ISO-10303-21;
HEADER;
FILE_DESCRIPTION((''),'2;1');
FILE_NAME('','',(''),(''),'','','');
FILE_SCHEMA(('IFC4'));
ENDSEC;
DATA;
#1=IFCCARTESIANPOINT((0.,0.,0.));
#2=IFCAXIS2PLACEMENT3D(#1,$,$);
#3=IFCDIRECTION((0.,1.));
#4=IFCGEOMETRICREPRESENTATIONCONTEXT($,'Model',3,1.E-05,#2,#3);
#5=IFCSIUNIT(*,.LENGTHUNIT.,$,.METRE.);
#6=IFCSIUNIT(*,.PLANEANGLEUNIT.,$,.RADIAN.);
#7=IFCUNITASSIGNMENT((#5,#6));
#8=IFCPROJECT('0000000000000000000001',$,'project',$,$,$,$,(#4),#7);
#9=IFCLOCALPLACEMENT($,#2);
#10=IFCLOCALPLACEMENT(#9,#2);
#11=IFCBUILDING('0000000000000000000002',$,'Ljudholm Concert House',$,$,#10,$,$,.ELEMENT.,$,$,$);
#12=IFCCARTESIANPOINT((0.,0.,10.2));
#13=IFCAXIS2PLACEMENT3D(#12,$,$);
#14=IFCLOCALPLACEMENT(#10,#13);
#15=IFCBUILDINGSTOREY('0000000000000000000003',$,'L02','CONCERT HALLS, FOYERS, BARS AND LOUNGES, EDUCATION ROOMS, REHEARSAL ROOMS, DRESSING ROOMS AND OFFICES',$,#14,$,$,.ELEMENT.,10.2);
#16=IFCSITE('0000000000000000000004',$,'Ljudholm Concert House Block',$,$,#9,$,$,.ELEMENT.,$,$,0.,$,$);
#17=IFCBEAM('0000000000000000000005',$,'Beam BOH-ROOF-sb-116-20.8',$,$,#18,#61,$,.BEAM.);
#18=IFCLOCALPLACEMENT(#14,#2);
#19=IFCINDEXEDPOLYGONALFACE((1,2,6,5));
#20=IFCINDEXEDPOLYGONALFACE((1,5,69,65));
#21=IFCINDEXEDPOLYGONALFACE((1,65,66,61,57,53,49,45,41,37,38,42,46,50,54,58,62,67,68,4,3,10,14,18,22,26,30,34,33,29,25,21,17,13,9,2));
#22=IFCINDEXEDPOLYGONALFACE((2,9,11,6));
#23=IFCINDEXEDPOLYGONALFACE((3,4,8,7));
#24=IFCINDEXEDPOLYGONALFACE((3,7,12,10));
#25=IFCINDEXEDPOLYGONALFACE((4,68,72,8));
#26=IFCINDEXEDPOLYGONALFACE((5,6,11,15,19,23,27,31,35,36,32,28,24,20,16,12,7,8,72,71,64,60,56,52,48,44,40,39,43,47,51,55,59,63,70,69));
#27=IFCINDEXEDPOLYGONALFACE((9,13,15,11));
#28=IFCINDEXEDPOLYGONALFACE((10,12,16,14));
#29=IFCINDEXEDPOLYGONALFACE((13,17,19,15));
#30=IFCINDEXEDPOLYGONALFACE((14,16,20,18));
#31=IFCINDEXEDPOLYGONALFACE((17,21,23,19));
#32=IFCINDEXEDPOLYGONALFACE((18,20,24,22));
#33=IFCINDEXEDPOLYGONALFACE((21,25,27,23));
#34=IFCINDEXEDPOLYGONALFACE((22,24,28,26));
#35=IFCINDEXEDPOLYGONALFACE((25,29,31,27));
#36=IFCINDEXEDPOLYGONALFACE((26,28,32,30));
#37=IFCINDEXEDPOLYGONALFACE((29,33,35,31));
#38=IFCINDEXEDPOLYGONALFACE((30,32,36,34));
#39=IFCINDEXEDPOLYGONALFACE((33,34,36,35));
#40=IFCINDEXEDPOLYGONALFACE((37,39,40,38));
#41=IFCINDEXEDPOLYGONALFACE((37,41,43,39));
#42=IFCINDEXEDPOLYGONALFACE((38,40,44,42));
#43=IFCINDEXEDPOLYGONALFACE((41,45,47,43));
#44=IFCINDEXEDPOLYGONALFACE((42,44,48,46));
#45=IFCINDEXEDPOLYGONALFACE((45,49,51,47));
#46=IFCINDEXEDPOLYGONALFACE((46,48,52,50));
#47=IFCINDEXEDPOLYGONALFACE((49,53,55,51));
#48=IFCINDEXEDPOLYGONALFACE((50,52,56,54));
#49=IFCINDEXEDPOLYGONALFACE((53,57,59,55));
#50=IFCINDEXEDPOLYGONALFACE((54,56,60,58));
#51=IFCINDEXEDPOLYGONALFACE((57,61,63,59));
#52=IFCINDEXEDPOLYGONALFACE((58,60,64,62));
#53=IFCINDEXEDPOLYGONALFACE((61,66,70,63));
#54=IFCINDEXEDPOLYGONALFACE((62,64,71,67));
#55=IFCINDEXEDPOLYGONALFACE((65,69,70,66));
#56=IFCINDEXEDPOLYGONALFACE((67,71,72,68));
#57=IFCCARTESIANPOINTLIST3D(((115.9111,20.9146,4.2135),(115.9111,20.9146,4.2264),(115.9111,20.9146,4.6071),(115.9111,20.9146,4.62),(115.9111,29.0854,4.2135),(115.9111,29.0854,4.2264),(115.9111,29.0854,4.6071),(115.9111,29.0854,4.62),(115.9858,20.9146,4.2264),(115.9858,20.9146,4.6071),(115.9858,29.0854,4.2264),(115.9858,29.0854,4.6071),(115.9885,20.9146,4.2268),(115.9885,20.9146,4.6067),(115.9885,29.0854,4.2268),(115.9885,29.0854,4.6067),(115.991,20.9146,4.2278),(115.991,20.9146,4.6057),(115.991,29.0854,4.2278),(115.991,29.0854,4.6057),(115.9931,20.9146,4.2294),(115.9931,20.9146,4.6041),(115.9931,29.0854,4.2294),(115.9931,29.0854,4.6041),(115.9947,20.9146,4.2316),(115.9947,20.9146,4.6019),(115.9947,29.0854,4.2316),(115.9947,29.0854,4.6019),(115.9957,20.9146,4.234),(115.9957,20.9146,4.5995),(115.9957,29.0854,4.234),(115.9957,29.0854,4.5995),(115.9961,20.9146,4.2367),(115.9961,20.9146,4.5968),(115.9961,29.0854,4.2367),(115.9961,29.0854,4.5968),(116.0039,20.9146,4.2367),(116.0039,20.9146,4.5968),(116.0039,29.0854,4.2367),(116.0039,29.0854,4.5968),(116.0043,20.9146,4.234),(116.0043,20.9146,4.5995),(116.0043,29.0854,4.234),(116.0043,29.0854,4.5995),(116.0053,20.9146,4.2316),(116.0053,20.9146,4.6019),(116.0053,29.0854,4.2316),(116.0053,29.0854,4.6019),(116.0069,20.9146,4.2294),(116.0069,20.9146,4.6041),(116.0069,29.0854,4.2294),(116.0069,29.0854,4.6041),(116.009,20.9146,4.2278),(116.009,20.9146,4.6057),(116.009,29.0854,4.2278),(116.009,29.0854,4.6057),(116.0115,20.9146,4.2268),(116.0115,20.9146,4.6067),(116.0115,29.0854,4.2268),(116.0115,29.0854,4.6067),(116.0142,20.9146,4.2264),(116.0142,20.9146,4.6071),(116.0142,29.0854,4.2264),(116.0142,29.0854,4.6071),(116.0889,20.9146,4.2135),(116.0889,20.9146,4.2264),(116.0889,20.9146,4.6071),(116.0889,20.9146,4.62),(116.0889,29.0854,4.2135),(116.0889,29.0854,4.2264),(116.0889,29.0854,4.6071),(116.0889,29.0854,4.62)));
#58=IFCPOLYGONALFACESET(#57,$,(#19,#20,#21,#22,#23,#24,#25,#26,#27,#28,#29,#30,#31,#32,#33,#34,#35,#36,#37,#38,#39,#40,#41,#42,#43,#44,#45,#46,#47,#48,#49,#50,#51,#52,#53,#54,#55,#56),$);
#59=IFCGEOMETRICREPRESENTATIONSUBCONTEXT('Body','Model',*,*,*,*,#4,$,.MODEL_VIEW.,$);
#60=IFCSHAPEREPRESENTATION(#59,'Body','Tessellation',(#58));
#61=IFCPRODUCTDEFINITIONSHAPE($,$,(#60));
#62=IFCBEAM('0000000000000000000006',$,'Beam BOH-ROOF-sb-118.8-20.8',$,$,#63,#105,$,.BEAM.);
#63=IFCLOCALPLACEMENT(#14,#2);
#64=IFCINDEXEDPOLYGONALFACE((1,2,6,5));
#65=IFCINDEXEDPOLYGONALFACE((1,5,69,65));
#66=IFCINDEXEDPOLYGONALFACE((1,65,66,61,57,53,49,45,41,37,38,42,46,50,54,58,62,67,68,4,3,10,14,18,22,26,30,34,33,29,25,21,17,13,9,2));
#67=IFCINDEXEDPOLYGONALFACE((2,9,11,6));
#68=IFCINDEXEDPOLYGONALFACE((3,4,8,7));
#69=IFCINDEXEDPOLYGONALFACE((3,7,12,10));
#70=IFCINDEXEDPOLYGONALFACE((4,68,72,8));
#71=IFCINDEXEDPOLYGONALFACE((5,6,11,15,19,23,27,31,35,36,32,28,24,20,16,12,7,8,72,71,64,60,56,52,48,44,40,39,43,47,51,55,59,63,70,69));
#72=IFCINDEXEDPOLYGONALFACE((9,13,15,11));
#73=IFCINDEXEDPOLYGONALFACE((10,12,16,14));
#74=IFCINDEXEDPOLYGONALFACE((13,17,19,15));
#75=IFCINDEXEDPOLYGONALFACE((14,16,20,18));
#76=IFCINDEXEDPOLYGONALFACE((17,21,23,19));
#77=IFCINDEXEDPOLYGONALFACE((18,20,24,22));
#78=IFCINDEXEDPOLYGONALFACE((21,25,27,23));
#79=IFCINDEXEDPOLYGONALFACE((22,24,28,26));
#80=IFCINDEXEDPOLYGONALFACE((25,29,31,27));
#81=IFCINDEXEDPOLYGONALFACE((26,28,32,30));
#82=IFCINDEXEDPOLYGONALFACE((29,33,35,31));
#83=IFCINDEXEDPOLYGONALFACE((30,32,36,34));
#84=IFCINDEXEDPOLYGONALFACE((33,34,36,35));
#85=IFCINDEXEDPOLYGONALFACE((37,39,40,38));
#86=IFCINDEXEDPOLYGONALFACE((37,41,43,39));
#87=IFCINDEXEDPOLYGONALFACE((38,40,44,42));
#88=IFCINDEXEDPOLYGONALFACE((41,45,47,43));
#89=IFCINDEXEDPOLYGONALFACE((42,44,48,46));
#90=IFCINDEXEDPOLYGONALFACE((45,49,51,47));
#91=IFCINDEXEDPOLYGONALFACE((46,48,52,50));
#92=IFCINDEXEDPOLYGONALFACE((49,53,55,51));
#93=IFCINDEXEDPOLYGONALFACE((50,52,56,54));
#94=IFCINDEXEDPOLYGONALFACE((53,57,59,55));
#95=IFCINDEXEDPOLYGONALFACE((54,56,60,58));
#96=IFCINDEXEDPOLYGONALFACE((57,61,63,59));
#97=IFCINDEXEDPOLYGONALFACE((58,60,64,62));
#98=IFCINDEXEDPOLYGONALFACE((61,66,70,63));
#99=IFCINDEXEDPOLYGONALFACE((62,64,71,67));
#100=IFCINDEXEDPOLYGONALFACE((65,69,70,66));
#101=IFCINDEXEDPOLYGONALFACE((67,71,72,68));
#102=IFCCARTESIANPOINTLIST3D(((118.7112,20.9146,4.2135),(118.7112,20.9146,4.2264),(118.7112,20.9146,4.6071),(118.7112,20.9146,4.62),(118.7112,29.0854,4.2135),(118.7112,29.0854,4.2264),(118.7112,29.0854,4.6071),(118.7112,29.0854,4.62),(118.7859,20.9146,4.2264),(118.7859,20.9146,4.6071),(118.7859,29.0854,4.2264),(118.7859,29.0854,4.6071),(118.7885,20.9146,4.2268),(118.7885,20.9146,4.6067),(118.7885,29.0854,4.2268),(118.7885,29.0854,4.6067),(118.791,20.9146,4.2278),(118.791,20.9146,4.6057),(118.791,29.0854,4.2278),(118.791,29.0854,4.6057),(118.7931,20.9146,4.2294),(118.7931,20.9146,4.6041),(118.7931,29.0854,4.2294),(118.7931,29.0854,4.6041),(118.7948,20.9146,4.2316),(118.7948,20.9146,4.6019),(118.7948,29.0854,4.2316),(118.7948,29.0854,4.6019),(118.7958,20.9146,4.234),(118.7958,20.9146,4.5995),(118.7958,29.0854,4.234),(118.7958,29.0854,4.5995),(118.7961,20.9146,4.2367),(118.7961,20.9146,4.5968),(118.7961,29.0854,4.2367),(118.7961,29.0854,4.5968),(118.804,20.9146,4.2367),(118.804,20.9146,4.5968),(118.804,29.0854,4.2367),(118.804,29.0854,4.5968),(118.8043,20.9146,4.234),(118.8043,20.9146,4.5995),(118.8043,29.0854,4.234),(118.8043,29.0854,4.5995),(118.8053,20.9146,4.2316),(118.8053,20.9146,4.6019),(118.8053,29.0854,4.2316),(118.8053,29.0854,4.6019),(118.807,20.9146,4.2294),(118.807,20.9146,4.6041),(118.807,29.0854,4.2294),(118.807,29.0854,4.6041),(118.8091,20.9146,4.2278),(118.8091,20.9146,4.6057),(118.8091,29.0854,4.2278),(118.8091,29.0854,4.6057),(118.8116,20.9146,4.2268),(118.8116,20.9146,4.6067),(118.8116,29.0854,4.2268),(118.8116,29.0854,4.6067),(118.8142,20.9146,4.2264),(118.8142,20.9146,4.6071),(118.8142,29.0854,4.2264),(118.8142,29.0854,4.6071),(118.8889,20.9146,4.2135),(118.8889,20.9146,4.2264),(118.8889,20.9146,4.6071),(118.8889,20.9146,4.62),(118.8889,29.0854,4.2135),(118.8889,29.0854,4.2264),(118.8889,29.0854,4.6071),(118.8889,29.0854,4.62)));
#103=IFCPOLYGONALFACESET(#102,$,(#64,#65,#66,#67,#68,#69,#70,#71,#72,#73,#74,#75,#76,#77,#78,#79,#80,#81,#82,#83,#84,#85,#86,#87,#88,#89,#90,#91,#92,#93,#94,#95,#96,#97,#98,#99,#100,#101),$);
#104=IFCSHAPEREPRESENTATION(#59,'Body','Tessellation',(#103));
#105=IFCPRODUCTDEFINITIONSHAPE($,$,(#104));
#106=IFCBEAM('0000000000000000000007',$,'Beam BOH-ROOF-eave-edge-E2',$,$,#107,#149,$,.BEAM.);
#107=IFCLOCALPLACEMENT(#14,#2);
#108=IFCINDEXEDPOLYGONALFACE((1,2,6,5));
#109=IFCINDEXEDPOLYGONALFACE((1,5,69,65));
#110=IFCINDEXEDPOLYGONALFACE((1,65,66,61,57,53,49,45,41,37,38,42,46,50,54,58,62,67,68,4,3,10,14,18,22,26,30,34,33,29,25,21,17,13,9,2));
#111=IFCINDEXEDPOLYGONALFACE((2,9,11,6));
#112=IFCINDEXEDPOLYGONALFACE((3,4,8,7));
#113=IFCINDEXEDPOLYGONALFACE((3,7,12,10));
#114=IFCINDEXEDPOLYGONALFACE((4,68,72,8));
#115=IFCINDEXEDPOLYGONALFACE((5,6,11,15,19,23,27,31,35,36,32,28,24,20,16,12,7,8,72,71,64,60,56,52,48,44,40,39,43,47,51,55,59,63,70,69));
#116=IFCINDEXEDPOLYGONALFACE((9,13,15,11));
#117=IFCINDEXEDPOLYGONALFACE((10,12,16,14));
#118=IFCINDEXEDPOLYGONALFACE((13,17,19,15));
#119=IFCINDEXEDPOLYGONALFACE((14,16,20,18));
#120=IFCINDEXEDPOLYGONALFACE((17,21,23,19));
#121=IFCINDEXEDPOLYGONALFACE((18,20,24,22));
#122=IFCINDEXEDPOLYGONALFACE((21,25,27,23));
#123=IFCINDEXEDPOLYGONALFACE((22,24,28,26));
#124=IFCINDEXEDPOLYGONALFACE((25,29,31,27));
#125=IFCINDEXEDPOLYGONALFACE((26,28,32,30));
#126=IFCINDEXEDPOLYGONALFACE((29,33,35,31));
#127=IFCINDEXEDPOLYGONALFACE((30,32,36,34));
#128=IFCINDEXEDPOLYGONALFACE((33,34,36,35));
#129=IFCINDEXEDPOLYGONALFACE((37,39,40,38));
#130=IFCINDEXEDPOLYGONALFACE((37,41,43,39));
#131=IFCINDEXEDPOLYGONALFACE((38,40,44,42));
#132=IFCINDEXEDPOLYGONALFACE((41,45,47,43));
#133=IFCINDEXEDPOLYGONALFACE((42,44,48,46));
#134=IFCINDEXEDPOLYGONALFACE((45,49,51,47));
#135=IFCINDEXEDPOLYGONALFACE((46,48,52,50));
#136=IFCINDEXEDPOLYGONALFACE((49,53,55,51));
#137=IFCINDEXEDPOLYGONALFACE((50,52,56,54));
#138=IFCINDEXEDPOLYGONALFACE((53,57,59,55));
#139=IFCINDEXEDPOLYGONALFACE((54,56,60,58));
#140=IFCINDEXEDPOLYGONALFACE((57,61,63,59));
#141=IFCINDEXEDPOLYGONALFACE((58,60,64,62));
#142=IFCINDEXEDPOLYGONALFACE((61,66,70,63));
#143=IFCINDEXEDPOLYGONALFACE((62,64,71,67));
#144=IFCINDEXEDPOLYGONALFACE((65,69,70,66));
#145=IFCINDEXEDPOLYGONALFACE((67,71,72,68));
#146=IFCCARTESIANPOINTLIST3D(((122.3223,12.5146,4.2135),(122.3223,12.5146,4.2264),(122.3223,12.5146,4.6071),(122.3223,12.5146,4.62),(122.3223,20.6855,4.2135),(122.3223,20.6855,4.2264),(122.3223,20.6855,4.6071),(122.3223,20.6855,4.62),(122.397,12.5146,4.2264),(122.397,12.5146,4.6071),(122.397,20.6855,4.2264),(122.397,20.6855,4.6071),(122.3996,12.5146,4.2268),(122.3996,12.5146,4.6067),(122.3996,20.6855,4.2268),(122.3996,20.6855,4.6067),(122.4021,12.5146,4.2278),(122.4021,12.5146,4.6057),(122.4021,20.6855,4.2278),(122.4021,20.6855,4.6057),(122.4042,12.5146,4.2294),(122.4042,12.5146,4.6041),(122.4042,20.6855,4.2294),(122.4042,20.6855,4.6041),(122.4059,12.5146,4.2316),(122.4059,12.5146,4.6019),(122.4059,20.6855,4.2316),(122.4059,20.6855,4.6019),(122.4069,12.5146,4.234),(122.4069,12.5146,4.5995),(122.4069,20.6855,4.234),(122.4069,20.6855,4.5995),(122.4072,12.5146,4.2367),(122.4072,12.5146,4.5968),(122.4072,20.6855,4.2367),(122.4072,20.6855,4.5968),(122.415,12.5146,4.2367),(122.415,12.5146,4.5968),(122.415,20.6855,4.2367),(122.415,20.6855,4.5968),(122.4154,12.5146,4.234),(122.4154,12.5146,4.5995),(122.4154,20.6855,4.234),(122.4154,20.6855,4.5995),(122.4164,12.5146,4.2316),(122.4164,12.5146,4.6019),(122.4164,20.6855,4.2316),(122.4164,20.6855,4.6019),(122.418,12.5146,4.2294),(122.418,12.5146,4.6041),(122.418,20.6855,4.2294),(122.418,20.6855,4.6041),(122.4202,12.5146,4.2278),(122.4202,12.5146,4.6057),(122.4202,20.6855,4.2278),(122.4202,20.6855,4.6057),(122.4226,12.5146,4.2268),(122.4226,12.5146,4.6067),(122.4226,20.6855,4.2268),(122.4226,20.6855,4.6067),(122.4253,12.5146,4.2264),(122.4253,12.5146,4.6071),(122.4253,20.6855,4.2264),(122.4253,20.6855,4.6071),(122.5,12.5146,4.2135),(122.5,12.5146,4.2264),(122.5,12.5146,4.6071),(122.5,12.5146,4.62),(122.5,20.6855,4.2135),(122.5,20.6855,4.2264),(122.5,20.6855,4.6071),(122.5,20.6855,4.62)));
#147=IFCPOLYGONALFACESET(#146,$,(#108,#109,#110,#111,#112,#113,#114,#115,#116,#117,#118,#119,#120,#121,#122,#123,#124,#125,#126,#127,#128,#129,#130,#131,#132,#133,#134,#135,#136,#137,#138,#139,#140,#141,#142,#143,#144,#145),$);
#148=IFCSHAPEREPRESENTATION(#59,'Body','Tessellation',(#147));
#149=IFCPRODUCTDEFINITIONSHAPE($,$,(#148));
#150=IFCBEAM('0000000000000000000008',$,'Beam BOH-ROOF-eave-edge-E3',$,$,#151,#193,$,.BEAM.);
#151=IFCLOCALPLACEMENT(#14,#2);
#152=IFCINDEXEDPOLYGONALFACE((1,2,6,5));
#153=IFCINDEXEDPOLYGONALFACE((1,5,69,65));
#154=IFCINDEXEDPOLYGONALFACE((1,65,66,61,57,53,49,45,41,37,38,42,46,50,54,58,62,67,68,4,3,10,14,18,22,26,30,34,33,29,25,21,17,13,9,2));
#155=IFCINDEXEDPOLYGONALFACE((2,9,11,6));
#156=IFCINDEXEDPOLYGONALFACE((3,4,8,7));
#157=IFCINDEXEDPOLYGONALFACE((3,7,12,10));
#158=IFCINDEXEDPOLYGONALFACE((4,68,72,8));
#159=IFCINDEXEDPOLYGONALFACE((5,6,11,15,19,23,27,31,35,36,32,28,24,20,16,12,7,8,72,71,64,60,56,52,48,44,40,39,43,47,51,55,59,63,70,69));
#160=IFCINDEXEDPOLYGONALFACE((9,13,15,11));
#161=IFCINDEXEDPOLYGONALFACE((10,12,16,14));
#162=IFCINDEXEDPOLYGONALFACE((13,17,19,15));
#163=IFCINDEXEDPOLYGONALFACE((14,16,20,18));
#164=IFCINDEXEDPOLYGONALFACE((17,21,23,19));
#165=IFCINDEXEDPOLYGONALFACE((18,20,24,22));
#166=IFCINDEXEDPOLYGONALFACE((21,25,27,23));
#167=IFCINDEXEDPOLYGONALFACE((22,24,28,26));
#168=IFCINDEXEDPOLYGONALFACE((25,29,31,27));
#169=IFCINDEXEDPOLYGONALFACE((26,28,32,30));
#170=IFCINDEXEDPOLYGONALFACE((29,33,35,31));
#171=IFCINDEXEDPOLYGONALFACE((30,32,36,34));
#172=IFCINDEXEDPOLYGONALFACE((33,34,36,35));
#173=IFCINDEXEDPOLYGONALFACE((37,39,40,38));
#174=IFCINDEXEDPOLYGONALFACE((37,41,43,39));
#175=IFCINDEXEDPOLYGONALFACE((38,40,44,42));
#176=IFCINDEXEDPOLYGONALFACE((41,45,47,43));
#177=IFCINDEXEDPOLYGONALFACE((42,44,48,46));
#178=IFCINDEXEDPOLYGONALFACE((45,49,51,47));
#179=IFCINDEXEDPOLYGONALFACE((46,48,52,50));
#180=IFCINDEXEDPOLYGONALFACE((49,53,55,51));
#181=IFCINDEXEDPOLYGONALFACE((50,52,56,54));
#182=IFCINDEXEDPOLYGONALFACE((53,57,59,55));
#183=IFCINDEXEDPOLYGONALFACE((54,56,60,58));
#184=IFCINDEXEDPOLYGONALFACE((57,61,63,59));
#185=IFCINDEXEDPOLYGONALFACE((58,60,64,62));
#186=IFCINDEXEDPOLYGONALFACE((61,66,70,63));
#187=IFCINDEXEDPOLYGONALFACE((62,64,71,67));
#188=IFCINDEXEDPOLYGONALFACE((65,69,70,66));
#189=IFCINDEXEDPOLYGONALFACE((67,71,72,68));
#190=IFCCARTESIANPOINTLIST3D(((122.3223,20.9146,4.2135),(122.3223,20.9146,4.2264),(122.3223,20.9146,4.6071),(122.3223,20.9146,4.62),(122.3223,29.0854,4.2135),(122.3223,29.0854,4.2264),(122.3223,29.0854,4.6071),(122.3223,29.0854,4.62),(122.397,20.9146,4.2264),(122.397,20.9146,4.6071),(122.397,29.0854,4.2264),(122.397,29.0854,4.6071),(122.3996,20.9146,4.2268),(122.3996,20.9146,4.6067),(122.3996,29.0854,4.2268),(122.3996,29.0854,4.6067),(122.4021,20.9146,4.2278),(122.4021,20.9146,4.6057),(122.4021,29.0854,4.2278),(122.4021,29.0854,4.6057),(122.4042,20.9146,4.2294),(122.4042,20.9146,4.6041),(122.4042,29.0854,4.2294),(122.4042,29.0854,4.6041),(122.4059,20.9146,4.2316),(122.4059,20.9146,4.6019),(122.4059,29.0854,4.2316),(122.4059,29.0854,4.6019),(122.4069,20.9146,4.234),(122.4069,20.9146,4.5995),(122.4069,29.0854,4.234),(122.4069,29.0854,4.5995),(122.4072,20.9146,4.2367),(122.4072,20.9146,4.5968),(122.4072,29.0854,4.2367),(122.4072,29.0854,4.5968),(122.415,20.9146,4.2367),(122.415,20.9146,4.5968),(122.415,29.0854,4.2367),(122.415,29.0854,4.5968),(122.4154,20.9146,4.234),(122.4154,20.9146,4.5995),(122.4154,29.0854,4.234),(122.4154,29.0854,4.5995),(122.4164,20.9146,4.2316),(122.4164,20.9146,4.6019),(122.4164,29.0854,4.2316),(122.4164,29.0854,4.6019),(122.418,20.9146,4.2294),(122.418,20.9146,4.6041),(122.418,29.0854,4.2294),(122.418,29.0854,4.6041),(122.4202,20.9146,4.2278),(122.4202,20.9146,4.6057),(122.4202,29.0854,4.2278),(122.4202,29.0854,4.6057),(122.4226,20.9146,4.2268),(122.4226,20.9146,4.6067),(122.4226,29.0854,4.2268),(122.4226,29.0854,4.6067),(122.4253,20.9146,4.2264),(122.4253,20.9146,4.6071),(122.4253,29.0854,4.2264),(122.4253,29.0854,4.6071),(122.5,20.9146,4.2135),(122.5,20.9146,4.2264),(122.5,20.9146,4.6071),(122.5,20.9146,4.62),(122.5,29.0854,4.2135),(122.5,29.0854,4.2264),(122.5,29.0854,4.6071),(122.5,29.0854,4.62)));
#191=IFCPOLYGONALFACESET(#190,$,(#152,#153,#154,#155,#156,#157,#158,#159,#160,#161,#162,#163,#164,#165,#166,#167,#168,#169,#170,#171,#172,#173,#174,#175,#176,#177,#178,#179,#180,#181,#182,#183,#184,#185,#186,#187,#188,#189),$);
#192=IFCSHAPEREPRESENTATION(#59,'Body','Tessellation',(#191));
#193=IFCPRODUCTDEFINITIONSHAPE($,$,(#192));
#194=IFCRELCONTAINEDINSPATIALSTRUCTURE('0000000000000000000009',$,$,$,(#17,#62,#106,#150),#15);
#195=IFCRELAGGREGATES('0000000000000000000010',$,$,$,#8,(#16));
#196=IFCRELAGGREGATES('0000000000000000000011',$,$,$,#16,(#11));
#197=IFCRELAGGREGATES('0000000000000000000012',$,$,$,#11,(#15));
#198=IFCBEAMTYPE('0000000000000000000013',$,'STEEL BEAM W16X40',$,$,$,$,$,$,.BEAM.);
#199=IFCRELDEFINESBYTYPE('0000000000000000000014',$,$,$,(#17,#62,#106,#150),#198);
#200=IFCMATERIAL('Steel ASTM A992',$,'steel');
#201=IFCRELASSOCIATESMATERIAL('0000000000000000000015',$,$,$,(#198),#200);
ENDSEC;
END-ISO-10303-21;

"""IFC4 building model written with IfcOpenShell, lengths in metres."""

from ifc_helpers import new_model, si_unit, direction, frame, origin, origin_2d, place, context, subcontext, project, spatial, i_section, extrude, material, material_profile, profile_set, type_object, element, save


model = new_model("IFC4")

# Units and contexts
model_context = context("Model", 3, precision=1e-05, world=origin(), true_north=direction((0.0, 1.0)))
body_context = subcontext(model_context, "Body", "Model", "MODEL_VIEW")
ifc_project = project(units=[si_unit("LENGTHUNIT", "METRE"), si_unit("PLANEANGLEUNIT", "RADIAN")], contexts=[model_context])

# Site, building, storey
site_placement = place(None, origin())
site = spatial("IfcSite", under=ifc_project, at=site_placement, Name="Ljudholm Concert House Block", CompositionType="ELEMENT", RefElevation=0.0)
building_placement = place(site_placement, origin())
building = spatial("IfcBuilding", under=site, at=building_placement, Name="Ljudholm Concert House", CompositionType="ELEMENT")
storey_placement = place(building_placement, frame((0.0, 0.0, 10.2)))
storey = spatial("IfcBuildingStorey", under=building, at=storey_placement, Name="L02", Description="CONCERT HALLS, FOYERS, BARS AND LOUNGES, EDUCATION ROOMS, REHEARSAL ROOMS, DRESSING ROOMS AND OFFICES", CompositionType="ELEMENT", Elevation=10.2)

# Beams
ifc_material_1 = material(Name="Steel ASTM A992", Category="steel")
ifc_material_profile_1 = material_profile(ifc_material_1, i_section(OverallWidth=0.1777, OverallDepth=0.4065, WebThickness=0.0078, FlangeThickness=0.0129, FilletRadius=0.0103, at=origin_2d()), Name="W16X40")
ifc_profile_set_1 = profile_set([ifc_material_profile_1], Name="Steel ASTM A992")
beam_type_1 = type_object("IfcBeamType", Name="STEEL BEAM W16X40", PredefinedType="BEAM", material=ifc_profile_set_1)
for number, where, z_axis, x_axis, name in (
    (1, (116.0, 20.9146, 4.4167), (0.0, 1.0, 0.0), (-1.0, 0.0, 0.0), "Beam BOH-ROOF-sb-116-20.8"),
    (2, (118.8, 20.9146, 4.4167), (0.0, 1.0, 0.0), (-1.0, 0.0, 0.0), "Beam BOH-ROOF-sb-118.8-20.8"),
    (3, (122.4111, 12.5146, 4.4167), (0.0, 1.0, 0.0), (-1.0, 0.0, 0.0), "Beam BOH-ROOF-eave-edge-E2"),
    (4, (122.4111, 20.9146, 4.4167), (0.0, 1.0, 0.0), (-1.0, 0.0, 0.0), "Beam BOH-ROOF-eave-edge-E3"),
):
    element("IfcBeam", number, at=place(storey_placement, frame(where, z_axis=z_axis, x_axis=x_axis)), inside=storey, type_object=beam_type_1, Name=name, PredefinedType="BEAM", context=body_context, shape_type="SweptSolid", body=[
        extrude(i_section(OverallWidth=0.1777, OverallDepth=0.4065, WebThickness=0.0078, FlangeThickness=0.0129, FilletRadius=0.0103, at=origin_2d()), origin(), (0.0, 0.0, 1.0), 8.1709),
    ])

save(model, "model.ifc")
